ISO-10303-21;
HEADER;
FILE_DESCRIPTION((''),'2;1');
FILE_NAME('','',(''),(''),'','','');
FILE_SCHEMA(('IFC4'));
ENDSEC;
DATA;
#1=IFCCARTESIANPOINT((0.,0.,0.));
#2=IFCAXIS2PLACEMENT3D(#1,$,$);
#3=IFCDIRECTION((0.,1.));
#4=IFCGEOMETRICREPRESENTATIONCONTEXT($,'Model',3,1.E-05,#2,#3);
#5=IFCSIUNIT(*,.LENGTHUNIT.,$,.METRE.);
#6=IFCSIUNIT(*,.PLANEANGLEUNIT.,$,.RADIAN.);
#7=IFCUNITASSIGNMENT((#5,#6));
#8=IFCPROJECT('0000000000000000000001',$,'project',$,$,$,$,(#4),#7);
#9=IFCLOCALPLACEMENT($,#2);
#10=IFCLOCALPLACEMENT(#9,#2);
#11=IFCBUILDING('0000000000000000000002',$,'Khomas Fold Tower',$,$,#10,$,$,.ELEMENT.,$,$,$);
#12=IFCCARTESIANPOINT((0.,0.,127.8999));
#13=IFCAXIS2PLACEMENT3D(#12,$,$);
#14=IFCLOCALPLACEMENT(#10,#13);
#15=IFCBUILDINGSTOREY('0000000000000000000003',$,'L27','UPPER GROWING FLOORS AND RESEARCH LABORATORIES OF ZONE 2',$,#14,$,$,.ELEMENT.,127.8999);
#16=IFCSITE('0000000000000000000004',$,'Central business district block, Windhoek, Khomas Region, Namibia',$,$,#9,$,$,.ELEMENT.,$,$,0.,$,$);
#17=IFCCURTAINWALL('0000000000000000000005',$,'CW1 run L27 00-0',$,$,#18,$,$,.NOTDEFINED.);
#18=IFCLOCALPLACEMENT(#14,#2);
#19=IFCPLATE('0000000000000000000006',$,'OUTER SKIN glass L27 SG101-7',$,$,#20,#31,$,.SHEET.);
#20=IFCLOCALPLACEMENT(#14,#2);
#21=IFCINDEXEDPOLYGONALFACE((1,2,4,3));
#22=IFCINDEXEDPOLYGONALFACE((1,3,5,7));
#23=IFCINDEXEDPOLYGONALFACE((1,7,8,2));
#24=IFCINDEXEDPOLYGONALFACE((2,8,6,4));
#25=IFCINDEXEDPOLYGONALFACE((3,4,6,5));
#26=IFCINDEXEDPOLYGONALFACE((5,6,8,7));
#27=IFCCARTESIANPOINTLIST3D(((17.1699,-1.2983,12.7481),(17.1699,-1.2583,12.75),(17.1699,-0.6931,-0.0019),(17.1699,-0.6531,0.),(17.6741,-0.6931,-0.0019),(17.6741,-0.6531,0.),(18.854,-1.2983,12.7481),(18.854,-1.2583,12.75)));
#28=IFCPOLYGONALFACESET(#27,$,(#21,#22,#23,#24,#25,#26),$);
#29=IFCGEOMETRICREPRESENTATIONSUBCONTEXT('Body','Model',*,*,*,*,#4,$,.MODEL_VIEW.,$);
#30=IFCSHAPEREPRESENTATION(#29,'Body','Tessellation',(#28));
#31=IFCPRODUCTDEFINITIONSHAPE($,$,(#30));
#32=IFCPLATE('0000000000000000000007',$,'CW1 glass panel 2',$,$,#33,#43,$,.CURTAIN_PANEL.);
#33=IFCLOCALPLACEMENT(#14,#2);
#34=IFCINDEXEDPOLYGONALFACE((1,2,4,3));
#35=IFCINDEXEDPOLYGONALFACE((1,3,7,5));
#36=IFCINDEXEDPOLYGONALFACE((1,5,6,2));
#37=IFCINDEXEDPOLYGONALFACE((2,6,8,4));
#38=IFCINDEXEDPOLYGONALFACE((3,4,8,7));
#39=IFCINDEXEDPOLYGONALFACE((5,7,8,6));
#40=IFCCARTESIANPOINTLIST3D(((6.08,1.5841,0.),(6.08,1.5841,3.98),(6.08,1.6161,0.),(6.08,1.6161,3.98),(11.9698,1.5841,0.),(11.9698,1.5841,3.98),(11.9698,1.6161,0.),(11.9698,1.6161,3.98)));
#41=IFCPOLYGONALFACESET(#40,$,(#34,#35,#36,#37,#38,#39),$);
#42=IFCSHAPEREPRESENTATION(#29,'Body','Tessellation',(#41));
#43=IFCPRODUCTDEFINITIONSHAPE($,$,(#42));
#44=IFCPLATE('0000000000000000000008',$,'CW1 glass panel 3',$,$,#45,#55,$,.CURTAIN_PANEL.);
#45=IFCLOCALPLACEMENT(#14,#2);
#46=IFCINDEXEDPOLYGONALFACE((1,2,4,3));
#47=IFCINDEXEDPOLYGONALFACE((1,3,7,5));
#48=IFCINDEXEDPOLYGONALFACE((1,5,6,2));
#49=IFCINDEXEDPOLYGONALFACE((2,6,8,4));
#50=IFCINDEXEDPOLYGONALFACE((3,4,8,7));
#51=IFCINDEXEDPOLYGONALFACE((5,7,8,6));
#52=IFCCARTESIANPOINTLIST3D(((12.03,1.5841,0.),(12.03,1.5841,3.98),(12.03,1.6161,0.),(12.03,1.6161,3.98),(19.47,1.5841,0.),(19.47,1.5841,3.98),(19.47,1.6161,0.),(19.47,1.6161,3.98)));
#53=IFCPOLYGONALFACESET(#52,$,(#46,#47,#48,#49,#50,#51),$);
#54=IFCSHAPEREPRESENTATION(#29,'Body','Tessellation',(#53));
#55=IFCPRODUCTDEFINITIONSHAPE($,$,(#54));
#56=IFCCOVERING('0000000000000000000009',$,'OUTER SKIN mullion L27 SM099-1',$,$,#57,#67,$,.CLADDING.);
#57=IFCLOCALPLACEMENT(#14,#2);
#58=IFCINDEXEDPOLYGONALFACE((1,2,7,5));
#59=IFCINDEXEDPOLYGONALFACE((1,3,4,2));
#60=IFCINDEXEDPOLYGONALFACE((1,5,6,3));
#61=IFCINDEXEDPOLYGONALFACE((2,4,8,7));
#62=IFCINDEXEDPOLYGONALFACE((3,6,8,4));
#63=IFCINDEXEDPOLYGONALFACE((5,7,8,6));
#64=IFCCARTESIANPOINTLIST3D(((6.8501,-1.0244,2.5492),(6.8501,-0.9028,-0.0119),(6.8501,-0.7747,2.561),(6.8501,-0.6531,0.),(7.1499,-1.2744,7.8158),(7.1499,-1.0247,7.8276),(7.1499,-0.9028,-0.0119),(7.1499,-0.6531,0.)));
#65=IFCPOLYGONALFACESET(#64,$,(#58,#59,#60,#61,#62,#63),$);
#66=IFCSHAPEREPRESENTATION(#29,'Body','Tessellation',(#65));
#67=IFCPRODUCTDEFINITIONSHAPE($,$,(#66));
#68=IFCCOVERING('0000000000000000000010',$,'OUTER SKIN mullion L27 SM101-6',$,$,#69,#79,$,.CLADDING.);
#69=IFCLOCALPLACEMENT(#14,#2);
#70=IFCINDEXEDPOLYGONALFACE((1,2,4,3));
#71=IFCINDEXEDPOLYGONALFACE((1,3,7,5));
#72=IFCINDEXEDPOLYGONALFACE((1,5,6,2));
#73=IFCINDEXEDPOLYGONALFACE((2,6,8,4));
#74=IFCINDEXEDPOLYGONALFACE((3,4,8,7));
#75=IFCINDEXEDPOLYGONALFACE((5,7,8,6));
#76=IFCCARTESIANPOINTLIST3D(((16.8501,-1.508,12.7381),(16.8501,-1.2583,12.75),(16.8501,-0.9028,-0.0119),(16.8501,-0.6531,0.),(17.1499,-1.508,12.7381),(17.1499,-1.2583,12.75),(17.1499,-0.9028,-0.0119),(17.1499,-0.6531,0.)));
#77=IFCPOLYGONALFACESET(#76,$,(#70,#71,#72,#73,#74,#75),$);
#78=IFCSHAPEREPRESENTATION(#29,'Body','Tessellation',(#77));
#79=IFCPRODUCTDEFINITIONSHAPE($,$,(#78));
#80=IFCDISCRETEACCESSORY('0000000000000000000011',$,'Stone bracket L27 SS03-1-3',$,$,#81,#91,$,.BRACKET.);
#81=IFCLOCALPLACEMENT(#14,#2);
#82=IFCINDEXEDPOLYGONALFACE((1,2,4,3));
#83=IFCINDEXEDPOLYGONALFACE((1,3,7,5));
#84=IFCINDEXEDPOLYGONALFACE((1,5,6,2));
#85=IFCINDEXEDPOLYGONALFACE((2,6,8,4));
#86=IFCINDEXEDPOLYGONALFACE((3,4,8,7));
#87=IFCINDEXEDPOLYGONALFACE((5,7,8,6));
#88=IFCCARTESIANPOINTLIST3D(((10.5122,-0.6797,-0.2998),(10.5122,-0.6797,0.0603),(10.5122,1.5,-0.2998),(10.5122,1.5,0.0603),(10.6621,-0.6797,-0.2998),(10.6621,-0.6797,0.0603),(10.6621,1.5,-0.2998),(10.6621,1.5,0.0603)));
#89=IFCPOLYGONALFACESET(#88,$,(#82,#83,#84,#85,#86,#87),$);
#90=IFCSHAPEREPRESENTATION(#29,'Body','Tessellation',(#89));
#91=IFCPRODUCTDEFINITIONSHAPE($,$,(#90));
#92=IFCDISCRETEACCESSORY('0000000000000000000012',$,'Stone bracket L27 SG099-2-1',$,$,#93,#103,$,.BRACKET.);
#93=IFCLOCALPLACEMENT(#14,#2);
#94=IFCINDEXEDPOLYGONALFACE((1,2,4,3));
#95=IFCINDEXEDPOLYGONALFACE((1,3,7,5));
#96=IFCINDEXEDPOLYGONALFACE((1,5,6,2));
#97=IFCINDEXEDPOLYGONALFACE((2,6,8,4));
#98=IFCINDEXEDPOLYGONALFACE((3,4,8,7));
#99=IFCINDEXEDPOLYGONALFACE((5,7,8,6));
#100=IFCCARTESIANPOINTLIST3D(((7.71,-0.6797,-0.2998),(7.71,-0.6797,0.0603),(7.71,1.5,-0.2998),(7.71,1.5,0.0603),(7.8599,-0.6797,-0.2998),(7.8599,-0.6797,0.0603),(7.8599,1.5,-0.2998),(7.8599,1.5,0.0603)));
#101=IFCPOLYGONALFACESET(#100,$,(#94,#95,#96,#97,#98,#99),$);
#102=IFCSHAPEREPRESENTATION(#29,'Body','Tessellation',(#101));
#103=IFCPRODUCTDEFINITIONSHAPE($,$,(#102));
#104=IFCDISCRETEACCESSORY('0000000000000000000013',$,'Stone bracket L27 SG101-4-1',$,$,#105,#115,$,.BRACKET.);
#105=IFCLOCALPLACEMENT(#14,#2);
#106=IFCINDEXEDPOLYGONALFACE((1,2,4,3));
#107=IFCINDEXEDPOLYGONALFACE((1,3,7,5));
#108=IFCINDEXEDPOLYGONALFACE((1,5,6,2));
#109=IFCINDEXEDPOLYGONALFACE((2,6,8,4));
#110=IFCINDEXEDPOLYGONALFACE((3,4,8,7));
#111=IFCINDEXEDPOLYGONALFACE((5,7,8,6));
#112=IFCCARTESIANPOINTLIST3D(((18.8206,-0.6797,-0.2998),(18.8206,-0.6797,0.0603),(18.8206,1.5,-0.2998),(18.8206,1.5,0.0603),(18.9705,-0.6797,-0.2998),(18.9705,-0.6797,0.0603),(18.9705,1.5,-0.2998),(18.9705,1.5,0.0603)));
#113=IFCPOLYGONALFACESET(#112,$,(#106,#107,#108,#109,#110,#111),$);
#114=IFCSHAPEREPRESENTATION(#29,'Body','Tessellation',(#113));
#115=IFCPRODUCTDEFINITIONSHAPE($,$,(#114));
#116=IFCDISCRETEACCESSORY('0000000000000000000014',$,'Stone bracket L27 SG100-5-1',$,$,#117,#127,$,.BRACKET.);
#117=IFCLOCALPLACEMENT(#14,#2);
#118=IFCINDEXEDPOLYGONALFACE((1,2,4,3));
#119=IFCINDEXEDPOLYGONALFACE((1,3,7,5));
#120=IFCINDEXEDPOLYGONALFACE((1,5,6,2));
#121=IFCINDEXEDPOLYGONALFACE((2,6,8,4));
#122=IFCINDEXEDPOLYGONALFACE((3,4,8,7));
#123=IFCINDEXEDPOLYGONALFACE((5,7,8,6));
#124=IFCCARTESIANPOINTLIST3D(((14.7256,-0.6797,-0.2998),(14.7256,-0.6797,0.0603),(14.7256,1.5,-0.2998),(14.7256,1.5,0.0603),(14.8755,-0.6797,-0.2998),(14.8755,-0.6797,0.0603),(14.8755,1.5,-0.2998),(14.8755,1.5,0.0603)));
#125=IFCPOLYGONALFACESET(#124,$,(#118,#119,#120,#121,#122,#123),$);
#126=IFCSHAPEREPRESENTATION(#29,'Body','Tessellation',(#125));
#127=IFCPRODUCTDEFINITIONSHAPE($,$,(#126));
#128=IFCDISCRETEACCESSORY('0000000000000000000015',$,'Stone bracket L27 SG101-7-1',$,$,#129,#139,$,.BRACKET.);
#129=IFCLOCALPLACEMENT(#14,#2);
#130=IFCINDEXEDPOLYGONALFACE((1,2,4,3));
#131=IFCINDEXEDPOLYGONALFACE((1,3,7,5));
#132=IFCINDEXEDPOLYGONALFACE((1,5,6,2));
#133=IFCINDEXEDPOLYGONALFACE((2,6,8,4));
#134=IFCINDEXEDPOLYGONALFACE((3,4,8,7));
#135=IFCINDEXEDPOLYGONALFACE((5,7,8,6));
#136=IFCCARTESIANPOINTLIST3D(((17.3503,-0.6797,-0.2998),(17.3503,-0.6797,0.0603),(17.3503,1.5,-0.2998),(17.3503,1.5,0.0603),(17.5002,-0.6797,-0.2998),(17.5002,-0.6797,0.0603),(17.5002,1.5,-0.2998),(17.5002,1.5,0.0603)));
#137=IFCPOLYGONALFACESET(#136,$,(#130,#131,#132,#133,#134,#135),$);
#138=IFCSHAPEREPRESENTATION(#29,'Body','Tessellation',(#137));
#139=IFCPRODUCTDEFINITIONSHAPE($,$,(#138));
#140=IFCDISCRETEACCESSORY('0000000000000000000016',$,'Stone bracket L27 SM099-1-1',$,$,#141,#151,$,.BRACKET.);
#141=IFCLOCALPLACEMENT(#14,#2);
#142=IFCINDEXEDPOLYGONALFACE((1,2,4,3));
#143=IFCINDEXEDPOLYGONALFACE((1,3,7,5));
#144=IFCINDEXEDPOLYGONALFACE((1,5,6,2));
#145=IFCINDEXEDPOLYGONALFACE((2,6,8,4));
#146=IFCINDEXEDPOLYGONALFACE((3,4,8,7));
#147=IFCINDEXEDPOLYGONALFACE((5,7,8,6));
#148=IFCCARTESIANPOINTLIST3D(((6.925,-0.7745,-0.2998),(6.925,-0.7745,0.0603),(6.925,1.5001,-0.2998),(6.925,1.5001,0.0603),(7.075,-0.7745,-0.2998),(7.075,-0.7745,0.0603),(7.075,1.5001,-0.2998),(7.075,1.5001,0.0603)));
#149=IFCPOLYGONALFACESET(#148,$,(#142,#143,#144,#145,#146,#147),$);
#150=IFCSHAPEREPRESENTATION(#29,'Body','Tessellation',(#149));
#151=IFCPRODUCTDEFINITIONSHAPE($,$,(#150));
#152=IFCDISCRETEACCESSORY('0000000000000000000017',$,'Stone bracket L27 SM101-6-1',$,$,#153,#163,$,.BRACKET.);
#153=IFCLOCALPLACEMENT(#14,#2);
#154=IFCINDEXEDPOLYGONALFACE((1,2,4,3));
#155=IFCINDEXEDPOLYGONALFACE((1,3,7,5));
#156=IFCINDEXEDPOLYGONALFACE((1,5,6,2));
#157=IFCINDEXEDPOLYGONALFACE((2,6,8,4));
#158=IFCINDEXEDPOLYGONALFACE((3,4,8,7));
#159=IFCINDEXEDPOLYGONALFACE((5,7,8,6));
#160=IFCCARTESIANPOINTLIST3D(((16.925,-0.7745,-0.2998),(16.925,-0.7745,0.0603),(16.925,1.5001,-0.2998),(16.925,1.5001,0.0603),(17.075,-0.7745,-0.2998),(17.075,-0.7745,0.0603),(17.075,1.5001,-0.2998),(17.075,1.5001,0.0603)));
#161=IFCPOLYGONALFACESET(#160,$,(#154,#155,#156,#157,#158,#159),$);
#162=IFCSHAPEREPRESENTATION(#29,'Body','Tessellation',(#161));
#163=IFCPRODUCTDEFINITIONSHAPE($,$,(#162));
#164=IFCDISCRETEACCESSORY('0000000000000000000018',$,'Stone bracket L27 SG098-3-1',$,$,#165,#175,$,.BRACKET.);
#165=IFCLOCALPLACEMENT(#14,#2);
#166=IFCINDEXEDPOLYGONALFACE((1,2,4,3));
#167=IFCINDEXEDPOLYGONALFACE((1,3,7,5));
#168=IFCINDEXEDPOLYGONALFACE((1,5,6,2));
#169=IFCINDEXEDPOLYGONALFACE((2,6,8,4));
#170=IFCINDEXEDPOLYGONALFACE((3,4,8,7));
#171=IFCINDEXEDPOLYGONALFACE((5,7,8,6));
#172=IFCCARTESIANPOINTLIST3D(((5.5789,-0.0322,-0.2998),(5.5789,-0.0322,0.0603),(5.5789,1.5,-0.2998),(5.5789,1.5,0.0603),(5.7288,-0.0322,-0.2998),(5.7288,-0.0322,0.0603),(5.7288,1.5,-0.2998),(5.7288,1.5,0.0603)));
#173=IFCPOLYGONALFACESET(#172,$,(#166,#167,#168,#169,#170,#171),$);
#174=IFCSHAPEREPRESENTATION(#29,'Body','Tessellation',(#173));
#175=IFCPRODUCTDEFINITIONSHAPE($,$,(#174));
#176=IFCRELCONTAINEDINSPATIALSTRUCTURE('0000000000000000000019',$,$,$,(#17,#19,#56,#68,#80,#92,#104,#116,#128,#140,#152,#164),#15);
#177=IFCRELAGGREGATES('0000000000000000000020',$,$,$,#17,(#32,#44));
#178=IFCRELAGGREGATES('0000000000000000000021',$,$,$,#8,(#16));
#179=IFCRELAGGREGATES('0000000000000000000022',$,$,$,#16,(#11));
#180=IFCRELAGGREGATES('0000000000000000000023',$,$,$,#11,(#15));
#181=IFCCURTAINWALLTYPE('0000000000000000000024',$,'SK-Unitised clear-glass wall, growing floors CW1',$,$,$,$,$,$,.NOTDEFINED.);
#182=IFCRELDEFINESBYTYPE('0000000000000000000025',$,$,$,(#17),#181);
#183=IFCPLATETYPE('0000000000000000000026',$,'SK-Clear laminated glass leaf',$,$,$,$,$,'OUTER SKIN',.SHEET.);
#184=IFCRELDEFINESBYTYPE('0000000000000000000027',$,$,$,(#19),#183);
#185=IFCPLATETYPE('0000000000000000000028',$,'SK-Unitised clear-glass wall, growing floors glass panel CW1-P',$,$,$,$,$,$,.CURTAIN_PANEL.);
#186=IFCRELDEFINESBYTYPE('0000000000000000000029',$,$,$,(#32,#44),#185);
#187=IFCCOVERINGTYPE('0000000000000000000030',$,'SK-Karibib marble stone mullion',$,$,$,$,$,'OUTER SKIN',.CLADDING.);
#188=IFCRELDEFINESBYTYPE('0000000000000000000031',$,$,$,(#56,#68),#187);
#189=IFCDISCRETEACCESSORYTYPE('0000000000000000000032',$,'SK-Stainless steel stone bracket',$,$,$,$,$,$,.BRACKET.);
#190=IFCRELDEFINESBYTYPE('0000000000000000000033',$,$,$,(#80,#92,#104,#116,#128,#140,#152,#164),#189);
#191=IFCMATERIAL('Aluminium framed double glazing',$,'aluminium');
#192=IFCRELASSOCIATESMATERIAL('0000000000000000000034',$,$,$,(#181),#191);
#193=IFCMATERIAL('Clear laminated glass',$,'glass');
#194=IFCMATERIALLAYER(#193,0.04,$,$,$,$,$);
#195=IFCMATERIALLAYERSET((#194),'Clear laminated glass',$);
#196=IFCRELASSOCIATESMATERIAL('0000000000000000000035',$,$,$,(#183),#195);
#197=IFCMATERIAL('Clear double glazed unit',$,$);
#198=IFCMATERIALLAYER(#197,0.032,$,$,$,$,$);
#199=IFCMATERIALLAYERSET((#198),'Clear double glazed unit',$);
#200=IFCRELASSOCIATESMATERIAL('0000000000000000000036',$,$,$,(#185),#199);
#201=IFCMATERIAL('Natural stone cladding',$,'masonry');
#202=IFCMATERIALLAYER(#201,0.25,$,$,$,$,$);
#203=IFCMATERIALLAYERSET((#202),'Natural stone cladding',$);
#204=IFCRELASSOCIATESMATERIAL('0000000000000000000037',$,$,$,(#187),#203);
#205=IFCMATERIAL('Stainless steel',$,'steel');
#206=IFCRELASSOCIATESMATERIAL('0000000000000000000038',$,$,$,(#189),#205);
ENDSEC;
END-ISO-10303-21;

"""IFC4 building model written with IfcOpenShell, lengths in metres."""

from ifc_helpers import new_model, si_unit, direction, frame, origin, origin_2d, place, context, subcontext, project, spatial, polyline, rectangle, outline, extrude, source, transform, mapped, material, layer, layer_set, type_object, element, aggregate, save


model = new_model("IFC4")

# Units and contexts
model_context = context("Model", 3, precision=1e-05, world=origin(), true_north=direction((0.0, 1.0)))
body_context = subcontext(model_context, "Body", "Model", "MODEL_VIEW")
ifc_project = project(units=[si_unit("LENGTHUNIT", "METRE"), si_unit("PLANEANGLEUNIT", "RADIAN")], contexts=[model_context])

# Site, building, storey
site_placement = place(None, origin())
site = spatial("IfcSite", under=ifc_project, at=site_placement, Name="Central business district block, Windhoek, Khomas Region, Namibia", CompositionType="ELEMENT", RefElevation=0.0)
building_placement = place(site_placement, origin())
building = spatial("IfcBuilding", under=site, at=building_placement, Name="Khomas Fold Tower", CompositionType="ELEMENT")
storey_placement = place(building_placement, frame((0.0, 0.0, 127.8999)))
storey = spatial("IfcBuildingStorey", under=building, at=storey_placement, Name="L27", Description="UPPER GROWING FLOORS AND RESEARCH LABORATORIES OF ZONE 2", CompositionType="ELEMENT", Elevation=127.8999)

# Curtain wall
ifc_material_1 = material(Name="Aluminium framed double glazing", Category="aluminium")
curtain_wall_type = type_object("IfcCurtainWallType", Name="SK-Unitised clear-glass wall, growing floors CW1", PredefinedType="NOTDEFINED", material=ifc_material_1)
curtain_wall_placement = place(storey_placement, origin())
curtain_wall = element("IfcCurtainWall", 1, at=curtain_wall_placement, inside=storey, type_object=curtain_wall_type, Name="CW1 run L27 00-0", PredefinedType="NOTDEFINED")

# Plate
ifc_material_2 = material(Name="Clear laminated glass", Category="glass")
ifc_layer_1 = layer(ifc_material_2, 0.04)
ifc_layer_set_1 = layer_set([ifc_layer_1], Name="Clear laminated glass")
plate_type_1 = type_object("IfcPlateType", Name="SK-Clear laminated glass leaf", ElementType="OUTER SKIN", PredefinedType="SHEET", material=ifc_layer_set_1)
plate_1_placement = place(storey_placement, frame((17.6741, -0.6531, 0.0), z_axis=(0.0, 0.998875, 0.047415), x_axis=(-1.0, 0.0, 0.0)))
element("IfcPlate", 2, at=plate_1_placement, inside=storey, type_object=plate_type_1, Name="OUTER SKIN glass L27 SG101-7", PredefinedType="SHEET", context=body_context, shape_type="SweptSolid", body=[
    extrude(outline(polyline([(0.0, 0.0), (0.5042, 0.0), (0.5042, 12.7644), (-1.1799, 12.7644), (0.0, 0.0)])), origin(), (0.0, 0.0, -1.0), 0.04),
])

# Plates
ifc_material_3 = material(Name="Clear double glazed unit")
ifc_layer_2 = layer(ifc_material_3, 0.032)
ifc_layer_set_2 = layer_set([ifc_layer_2], Name="Clear double glazed unit")
plate_type_2 = type_object("IfcPlateType", Name="SK-Unitised clear-glass wall, growing floors glass panel CW1-P", PredefinedType="CURTAIN_PANEL", material=ifc_layer_set_2)
shared_shape_1 = source(origin(), body_context, "Body", "SweptSolid", [
    extrude(rectangle(XDim=5.8899, YDim=0.032, at=origin_2d()), origin(), (0.0, 0.0, 1.0), 3.98),
])
plate_2_placement = place(storey_placement, frame((9.0249, 1.6001, 0.0), z_axis=(0.0, 0.0, 1.0), x_axis=(1.0, 0.0, 0.0)))
plate_2 = element("IfcPlate", 3, at=plate_2_placement, type_object=plate_type_2, Name="CW1 glass panel 2", PredefinedType="CURTAIN_PANEL", context=body_context, shape_type="MappedRepresentation", body=[
    mapped(shared_shape_1, transform((0.0, 0.0, 0.0))),
])
shared_shape_2 = source(origin(), body_context, "Body", "SweptSolid", [
    extrude(rectangle(XDim=7.4399, YDim=0.032, at=origin_2d()), origin(), (0.0, 0.0, 1.0), 3.98),
])
plate_3_placement = place(storey_placement, frame((15.75, 1.6001, 0.0), z_axis=(0.0, 0.0, 1.0), x_axis=(1.0, 0.0, 0.0)))
plate_3 = element("IfcPlate", 4, at=plate_3_placement, type_object=plate_type_2, Name="CW1 glass panel 3", PredefinedType="CURTAIN_PANEL", context=body_context, shape_type="MappedRepresentation", body=[
    mapped(shared_shape_2, transform((0.0, 0.0, 0.0))),
])
aggregate(curtain_wall, [plate_2, plate_3])

# Coverings
ifc_material_4 = material(Name="Natural stone cladding", Category="masonry")
ifc_layer_3 = layer(ifc_material_4, 0.25)
ifc_layer_set_3 = layer_set([ifc_layer_3], Name="Natural stone cladding")
covering_type = type_object("IfcCoveringType", Name="SK-Karibib marble stone mullion", ElementType="OUTER SKIN", PredefinedType="CLADDING", material=ifc_layer_set_3)
covering_1_placement = place(storey_placement, frame((6.8501, -0.6531, 0.0), z_axis=(-0.000021, 0.998875, 0.047418), x_axis=(0.0, -0.047418, 0.998875)))
element("IfcCovering", 5, at=covering_1_placement, inside=storey, type_object=covering_type, Name="OUTER SKIN mullion L27 SM099-1", PredefinedType="CLADDING", context=body_context, shape_type="SweptSolid", body=[
    extrude(outline(polyline([(0.0, 0.0), (2.5639, 0.0), (7.8365, 0.2998), (0.0, 0.2998), (0.0, 0.0)])), origin(), (0.0, 0.0, -1.0), 0.25),
])
covering_2_placement = place(storey_placement, frame((16.8501, -0.6531, 0.0), z_axis=(0.0, 0.998875, 0.047415), x_axis=(0.0, -0.047415, 0.998875)))
element("IfcCovering", 6, at=covering_2_placement, inside=storey, type_object=covering_type, Name="OUTER SKIN mullion L27 SM101-6", PredefinedType="CLADDING", context=body_context, shape_type="SweptSolid", body=[
    extrude(outline(polyline([(0.0, 0.0), (12.7644, 0.0), (12.7644, 0.2998), (0.0, 0.2998), (0.0, 0.0)])), origin(), (0.0, 0.0, -1.0), 0.25),
])

# Discrete accessories
ifc_material_5 = material(Name="Stainless steel", Category="steel")
discrete_accessory_type = type_object("IfcDiscreteAccessoryType", Name="SK-Stainless steel stone bracket", PredefinedType="BRACKET", material=ifc_material_5)
shared_shape_3 = source(origin(), body_context, "Body", "SweptSolid", [
    extrude(rectangle(XDim=2.1797, YDim=0.1499, at=origin_2d()), origin(), (0.0, 0.0, 1.0), 0.3601),
])
for number, where, z_axis, x_axis, name in (
    (7, (10.5872, 0.4102, -0.2998), (0.0, 0.0, 1.0), (0.0, -1.0, 0.0), "Stone bracket L27 SS03-1-3"),
    (8, (7.7849, 0.4102, -0.2998), (0.0, 0.0, 1.0), (0.0, -1.0, 0.0), "Stone bracket L27 SG099-2-1"),
    (9, (18.8955, 0.4102, -0.2998), (0.0, 0.0, 1.0), (0.0, -1.0, 0.0), "Stone bracket L27 SG101-4-1"),
    (10, (14.8005, 0.4102, -0.2998), (0.0, 0.0, 1.0), (0.0, -1.0, 0.0), "Stone bracket L27 SG100-5-1"),
    (11, (17.4253, 0.4102, -0.2998), (0.0, 0.0, 1.0), (0.0, -1.0, 0.0), "Stone bracket L27 SG101-7-1"),
):
    element("IfcDiscreteAccessory", number, at=place(storey_placement, frame(where, z_axis=z_axis, x_axis=x_axis)), inside=storey, type_object=discrete_accessory_type, Name=name, PredefinedType="BRACKET", context=body_context, shape_type="MappedRepresentation", body=[
        mapped(shared_shape_3, transform((0.0, 0.0, 0.0))),
    ])
shared_shape_4 = source(origin(), body_context, "Body", "SweptSolid", [
    extrude(rectangle(XDim=2.2747, YDim=0.1499, at=origin_2d()), origin(), (0.0, 0.0, 1.0), 0.3601),
])
for number, where, z_axis, x_axis, name in (
    (12, (7.0, 0.3628, -0.2998), (0.0, 0.0, 1.0), (0.0, -1.0, 0.0), "Stone bracket L27 SM099-1-1"),
    (13, (17.0, 0.3628, -0.2998), (0.0, 0.0, 1.0), (0.0, -1.0, 0.0), "Stone bracket L27 SM101-6-1"),
):
    element("IfcDiscreteAccessory", number, at=place(storey_placement, frame(where, z_axis=z_axis, x_axis=x_axis)), inside=storey, type_object=discrete_accessory_type, Name=name, PredefinedType="BRACKET", context=body_context, shape_type="MappedRepresentation", body=[
        mapped(shared_shape_4, transform((0.0, 0.0, 0.0))),
    ])
shared_shape_5 = source(origin(), body_context, "Body", "SweptSolid", [
    extrude(rectangle(XDim=1.5322, YDim=0.1499, at=origin_2d()), origin(), (0.0, 0.0, 1.0), 0.3601),
])
discrete_accessory_placement = place(storey_placement, frame((5.6538, 0.7339, -0.2998), z_axis=(0.0, 0.0, 1.0), x_axis=(0.0, -1.0, 0.0)))
element("IfcDiscreteAccessory", 14, at=discrete_accessory_placement, inside=storey, type_object=discrete_accessory_type, Name="Stone bracket L27 SG098-3-1", PredefinedType="BRACKET", context=body_context, shape_type="MappedRepresentation", body=[
    mapped(shared_shape_5, transform((0.0, 0.0, 0.0))),
])

save(model, "model.ifc")
